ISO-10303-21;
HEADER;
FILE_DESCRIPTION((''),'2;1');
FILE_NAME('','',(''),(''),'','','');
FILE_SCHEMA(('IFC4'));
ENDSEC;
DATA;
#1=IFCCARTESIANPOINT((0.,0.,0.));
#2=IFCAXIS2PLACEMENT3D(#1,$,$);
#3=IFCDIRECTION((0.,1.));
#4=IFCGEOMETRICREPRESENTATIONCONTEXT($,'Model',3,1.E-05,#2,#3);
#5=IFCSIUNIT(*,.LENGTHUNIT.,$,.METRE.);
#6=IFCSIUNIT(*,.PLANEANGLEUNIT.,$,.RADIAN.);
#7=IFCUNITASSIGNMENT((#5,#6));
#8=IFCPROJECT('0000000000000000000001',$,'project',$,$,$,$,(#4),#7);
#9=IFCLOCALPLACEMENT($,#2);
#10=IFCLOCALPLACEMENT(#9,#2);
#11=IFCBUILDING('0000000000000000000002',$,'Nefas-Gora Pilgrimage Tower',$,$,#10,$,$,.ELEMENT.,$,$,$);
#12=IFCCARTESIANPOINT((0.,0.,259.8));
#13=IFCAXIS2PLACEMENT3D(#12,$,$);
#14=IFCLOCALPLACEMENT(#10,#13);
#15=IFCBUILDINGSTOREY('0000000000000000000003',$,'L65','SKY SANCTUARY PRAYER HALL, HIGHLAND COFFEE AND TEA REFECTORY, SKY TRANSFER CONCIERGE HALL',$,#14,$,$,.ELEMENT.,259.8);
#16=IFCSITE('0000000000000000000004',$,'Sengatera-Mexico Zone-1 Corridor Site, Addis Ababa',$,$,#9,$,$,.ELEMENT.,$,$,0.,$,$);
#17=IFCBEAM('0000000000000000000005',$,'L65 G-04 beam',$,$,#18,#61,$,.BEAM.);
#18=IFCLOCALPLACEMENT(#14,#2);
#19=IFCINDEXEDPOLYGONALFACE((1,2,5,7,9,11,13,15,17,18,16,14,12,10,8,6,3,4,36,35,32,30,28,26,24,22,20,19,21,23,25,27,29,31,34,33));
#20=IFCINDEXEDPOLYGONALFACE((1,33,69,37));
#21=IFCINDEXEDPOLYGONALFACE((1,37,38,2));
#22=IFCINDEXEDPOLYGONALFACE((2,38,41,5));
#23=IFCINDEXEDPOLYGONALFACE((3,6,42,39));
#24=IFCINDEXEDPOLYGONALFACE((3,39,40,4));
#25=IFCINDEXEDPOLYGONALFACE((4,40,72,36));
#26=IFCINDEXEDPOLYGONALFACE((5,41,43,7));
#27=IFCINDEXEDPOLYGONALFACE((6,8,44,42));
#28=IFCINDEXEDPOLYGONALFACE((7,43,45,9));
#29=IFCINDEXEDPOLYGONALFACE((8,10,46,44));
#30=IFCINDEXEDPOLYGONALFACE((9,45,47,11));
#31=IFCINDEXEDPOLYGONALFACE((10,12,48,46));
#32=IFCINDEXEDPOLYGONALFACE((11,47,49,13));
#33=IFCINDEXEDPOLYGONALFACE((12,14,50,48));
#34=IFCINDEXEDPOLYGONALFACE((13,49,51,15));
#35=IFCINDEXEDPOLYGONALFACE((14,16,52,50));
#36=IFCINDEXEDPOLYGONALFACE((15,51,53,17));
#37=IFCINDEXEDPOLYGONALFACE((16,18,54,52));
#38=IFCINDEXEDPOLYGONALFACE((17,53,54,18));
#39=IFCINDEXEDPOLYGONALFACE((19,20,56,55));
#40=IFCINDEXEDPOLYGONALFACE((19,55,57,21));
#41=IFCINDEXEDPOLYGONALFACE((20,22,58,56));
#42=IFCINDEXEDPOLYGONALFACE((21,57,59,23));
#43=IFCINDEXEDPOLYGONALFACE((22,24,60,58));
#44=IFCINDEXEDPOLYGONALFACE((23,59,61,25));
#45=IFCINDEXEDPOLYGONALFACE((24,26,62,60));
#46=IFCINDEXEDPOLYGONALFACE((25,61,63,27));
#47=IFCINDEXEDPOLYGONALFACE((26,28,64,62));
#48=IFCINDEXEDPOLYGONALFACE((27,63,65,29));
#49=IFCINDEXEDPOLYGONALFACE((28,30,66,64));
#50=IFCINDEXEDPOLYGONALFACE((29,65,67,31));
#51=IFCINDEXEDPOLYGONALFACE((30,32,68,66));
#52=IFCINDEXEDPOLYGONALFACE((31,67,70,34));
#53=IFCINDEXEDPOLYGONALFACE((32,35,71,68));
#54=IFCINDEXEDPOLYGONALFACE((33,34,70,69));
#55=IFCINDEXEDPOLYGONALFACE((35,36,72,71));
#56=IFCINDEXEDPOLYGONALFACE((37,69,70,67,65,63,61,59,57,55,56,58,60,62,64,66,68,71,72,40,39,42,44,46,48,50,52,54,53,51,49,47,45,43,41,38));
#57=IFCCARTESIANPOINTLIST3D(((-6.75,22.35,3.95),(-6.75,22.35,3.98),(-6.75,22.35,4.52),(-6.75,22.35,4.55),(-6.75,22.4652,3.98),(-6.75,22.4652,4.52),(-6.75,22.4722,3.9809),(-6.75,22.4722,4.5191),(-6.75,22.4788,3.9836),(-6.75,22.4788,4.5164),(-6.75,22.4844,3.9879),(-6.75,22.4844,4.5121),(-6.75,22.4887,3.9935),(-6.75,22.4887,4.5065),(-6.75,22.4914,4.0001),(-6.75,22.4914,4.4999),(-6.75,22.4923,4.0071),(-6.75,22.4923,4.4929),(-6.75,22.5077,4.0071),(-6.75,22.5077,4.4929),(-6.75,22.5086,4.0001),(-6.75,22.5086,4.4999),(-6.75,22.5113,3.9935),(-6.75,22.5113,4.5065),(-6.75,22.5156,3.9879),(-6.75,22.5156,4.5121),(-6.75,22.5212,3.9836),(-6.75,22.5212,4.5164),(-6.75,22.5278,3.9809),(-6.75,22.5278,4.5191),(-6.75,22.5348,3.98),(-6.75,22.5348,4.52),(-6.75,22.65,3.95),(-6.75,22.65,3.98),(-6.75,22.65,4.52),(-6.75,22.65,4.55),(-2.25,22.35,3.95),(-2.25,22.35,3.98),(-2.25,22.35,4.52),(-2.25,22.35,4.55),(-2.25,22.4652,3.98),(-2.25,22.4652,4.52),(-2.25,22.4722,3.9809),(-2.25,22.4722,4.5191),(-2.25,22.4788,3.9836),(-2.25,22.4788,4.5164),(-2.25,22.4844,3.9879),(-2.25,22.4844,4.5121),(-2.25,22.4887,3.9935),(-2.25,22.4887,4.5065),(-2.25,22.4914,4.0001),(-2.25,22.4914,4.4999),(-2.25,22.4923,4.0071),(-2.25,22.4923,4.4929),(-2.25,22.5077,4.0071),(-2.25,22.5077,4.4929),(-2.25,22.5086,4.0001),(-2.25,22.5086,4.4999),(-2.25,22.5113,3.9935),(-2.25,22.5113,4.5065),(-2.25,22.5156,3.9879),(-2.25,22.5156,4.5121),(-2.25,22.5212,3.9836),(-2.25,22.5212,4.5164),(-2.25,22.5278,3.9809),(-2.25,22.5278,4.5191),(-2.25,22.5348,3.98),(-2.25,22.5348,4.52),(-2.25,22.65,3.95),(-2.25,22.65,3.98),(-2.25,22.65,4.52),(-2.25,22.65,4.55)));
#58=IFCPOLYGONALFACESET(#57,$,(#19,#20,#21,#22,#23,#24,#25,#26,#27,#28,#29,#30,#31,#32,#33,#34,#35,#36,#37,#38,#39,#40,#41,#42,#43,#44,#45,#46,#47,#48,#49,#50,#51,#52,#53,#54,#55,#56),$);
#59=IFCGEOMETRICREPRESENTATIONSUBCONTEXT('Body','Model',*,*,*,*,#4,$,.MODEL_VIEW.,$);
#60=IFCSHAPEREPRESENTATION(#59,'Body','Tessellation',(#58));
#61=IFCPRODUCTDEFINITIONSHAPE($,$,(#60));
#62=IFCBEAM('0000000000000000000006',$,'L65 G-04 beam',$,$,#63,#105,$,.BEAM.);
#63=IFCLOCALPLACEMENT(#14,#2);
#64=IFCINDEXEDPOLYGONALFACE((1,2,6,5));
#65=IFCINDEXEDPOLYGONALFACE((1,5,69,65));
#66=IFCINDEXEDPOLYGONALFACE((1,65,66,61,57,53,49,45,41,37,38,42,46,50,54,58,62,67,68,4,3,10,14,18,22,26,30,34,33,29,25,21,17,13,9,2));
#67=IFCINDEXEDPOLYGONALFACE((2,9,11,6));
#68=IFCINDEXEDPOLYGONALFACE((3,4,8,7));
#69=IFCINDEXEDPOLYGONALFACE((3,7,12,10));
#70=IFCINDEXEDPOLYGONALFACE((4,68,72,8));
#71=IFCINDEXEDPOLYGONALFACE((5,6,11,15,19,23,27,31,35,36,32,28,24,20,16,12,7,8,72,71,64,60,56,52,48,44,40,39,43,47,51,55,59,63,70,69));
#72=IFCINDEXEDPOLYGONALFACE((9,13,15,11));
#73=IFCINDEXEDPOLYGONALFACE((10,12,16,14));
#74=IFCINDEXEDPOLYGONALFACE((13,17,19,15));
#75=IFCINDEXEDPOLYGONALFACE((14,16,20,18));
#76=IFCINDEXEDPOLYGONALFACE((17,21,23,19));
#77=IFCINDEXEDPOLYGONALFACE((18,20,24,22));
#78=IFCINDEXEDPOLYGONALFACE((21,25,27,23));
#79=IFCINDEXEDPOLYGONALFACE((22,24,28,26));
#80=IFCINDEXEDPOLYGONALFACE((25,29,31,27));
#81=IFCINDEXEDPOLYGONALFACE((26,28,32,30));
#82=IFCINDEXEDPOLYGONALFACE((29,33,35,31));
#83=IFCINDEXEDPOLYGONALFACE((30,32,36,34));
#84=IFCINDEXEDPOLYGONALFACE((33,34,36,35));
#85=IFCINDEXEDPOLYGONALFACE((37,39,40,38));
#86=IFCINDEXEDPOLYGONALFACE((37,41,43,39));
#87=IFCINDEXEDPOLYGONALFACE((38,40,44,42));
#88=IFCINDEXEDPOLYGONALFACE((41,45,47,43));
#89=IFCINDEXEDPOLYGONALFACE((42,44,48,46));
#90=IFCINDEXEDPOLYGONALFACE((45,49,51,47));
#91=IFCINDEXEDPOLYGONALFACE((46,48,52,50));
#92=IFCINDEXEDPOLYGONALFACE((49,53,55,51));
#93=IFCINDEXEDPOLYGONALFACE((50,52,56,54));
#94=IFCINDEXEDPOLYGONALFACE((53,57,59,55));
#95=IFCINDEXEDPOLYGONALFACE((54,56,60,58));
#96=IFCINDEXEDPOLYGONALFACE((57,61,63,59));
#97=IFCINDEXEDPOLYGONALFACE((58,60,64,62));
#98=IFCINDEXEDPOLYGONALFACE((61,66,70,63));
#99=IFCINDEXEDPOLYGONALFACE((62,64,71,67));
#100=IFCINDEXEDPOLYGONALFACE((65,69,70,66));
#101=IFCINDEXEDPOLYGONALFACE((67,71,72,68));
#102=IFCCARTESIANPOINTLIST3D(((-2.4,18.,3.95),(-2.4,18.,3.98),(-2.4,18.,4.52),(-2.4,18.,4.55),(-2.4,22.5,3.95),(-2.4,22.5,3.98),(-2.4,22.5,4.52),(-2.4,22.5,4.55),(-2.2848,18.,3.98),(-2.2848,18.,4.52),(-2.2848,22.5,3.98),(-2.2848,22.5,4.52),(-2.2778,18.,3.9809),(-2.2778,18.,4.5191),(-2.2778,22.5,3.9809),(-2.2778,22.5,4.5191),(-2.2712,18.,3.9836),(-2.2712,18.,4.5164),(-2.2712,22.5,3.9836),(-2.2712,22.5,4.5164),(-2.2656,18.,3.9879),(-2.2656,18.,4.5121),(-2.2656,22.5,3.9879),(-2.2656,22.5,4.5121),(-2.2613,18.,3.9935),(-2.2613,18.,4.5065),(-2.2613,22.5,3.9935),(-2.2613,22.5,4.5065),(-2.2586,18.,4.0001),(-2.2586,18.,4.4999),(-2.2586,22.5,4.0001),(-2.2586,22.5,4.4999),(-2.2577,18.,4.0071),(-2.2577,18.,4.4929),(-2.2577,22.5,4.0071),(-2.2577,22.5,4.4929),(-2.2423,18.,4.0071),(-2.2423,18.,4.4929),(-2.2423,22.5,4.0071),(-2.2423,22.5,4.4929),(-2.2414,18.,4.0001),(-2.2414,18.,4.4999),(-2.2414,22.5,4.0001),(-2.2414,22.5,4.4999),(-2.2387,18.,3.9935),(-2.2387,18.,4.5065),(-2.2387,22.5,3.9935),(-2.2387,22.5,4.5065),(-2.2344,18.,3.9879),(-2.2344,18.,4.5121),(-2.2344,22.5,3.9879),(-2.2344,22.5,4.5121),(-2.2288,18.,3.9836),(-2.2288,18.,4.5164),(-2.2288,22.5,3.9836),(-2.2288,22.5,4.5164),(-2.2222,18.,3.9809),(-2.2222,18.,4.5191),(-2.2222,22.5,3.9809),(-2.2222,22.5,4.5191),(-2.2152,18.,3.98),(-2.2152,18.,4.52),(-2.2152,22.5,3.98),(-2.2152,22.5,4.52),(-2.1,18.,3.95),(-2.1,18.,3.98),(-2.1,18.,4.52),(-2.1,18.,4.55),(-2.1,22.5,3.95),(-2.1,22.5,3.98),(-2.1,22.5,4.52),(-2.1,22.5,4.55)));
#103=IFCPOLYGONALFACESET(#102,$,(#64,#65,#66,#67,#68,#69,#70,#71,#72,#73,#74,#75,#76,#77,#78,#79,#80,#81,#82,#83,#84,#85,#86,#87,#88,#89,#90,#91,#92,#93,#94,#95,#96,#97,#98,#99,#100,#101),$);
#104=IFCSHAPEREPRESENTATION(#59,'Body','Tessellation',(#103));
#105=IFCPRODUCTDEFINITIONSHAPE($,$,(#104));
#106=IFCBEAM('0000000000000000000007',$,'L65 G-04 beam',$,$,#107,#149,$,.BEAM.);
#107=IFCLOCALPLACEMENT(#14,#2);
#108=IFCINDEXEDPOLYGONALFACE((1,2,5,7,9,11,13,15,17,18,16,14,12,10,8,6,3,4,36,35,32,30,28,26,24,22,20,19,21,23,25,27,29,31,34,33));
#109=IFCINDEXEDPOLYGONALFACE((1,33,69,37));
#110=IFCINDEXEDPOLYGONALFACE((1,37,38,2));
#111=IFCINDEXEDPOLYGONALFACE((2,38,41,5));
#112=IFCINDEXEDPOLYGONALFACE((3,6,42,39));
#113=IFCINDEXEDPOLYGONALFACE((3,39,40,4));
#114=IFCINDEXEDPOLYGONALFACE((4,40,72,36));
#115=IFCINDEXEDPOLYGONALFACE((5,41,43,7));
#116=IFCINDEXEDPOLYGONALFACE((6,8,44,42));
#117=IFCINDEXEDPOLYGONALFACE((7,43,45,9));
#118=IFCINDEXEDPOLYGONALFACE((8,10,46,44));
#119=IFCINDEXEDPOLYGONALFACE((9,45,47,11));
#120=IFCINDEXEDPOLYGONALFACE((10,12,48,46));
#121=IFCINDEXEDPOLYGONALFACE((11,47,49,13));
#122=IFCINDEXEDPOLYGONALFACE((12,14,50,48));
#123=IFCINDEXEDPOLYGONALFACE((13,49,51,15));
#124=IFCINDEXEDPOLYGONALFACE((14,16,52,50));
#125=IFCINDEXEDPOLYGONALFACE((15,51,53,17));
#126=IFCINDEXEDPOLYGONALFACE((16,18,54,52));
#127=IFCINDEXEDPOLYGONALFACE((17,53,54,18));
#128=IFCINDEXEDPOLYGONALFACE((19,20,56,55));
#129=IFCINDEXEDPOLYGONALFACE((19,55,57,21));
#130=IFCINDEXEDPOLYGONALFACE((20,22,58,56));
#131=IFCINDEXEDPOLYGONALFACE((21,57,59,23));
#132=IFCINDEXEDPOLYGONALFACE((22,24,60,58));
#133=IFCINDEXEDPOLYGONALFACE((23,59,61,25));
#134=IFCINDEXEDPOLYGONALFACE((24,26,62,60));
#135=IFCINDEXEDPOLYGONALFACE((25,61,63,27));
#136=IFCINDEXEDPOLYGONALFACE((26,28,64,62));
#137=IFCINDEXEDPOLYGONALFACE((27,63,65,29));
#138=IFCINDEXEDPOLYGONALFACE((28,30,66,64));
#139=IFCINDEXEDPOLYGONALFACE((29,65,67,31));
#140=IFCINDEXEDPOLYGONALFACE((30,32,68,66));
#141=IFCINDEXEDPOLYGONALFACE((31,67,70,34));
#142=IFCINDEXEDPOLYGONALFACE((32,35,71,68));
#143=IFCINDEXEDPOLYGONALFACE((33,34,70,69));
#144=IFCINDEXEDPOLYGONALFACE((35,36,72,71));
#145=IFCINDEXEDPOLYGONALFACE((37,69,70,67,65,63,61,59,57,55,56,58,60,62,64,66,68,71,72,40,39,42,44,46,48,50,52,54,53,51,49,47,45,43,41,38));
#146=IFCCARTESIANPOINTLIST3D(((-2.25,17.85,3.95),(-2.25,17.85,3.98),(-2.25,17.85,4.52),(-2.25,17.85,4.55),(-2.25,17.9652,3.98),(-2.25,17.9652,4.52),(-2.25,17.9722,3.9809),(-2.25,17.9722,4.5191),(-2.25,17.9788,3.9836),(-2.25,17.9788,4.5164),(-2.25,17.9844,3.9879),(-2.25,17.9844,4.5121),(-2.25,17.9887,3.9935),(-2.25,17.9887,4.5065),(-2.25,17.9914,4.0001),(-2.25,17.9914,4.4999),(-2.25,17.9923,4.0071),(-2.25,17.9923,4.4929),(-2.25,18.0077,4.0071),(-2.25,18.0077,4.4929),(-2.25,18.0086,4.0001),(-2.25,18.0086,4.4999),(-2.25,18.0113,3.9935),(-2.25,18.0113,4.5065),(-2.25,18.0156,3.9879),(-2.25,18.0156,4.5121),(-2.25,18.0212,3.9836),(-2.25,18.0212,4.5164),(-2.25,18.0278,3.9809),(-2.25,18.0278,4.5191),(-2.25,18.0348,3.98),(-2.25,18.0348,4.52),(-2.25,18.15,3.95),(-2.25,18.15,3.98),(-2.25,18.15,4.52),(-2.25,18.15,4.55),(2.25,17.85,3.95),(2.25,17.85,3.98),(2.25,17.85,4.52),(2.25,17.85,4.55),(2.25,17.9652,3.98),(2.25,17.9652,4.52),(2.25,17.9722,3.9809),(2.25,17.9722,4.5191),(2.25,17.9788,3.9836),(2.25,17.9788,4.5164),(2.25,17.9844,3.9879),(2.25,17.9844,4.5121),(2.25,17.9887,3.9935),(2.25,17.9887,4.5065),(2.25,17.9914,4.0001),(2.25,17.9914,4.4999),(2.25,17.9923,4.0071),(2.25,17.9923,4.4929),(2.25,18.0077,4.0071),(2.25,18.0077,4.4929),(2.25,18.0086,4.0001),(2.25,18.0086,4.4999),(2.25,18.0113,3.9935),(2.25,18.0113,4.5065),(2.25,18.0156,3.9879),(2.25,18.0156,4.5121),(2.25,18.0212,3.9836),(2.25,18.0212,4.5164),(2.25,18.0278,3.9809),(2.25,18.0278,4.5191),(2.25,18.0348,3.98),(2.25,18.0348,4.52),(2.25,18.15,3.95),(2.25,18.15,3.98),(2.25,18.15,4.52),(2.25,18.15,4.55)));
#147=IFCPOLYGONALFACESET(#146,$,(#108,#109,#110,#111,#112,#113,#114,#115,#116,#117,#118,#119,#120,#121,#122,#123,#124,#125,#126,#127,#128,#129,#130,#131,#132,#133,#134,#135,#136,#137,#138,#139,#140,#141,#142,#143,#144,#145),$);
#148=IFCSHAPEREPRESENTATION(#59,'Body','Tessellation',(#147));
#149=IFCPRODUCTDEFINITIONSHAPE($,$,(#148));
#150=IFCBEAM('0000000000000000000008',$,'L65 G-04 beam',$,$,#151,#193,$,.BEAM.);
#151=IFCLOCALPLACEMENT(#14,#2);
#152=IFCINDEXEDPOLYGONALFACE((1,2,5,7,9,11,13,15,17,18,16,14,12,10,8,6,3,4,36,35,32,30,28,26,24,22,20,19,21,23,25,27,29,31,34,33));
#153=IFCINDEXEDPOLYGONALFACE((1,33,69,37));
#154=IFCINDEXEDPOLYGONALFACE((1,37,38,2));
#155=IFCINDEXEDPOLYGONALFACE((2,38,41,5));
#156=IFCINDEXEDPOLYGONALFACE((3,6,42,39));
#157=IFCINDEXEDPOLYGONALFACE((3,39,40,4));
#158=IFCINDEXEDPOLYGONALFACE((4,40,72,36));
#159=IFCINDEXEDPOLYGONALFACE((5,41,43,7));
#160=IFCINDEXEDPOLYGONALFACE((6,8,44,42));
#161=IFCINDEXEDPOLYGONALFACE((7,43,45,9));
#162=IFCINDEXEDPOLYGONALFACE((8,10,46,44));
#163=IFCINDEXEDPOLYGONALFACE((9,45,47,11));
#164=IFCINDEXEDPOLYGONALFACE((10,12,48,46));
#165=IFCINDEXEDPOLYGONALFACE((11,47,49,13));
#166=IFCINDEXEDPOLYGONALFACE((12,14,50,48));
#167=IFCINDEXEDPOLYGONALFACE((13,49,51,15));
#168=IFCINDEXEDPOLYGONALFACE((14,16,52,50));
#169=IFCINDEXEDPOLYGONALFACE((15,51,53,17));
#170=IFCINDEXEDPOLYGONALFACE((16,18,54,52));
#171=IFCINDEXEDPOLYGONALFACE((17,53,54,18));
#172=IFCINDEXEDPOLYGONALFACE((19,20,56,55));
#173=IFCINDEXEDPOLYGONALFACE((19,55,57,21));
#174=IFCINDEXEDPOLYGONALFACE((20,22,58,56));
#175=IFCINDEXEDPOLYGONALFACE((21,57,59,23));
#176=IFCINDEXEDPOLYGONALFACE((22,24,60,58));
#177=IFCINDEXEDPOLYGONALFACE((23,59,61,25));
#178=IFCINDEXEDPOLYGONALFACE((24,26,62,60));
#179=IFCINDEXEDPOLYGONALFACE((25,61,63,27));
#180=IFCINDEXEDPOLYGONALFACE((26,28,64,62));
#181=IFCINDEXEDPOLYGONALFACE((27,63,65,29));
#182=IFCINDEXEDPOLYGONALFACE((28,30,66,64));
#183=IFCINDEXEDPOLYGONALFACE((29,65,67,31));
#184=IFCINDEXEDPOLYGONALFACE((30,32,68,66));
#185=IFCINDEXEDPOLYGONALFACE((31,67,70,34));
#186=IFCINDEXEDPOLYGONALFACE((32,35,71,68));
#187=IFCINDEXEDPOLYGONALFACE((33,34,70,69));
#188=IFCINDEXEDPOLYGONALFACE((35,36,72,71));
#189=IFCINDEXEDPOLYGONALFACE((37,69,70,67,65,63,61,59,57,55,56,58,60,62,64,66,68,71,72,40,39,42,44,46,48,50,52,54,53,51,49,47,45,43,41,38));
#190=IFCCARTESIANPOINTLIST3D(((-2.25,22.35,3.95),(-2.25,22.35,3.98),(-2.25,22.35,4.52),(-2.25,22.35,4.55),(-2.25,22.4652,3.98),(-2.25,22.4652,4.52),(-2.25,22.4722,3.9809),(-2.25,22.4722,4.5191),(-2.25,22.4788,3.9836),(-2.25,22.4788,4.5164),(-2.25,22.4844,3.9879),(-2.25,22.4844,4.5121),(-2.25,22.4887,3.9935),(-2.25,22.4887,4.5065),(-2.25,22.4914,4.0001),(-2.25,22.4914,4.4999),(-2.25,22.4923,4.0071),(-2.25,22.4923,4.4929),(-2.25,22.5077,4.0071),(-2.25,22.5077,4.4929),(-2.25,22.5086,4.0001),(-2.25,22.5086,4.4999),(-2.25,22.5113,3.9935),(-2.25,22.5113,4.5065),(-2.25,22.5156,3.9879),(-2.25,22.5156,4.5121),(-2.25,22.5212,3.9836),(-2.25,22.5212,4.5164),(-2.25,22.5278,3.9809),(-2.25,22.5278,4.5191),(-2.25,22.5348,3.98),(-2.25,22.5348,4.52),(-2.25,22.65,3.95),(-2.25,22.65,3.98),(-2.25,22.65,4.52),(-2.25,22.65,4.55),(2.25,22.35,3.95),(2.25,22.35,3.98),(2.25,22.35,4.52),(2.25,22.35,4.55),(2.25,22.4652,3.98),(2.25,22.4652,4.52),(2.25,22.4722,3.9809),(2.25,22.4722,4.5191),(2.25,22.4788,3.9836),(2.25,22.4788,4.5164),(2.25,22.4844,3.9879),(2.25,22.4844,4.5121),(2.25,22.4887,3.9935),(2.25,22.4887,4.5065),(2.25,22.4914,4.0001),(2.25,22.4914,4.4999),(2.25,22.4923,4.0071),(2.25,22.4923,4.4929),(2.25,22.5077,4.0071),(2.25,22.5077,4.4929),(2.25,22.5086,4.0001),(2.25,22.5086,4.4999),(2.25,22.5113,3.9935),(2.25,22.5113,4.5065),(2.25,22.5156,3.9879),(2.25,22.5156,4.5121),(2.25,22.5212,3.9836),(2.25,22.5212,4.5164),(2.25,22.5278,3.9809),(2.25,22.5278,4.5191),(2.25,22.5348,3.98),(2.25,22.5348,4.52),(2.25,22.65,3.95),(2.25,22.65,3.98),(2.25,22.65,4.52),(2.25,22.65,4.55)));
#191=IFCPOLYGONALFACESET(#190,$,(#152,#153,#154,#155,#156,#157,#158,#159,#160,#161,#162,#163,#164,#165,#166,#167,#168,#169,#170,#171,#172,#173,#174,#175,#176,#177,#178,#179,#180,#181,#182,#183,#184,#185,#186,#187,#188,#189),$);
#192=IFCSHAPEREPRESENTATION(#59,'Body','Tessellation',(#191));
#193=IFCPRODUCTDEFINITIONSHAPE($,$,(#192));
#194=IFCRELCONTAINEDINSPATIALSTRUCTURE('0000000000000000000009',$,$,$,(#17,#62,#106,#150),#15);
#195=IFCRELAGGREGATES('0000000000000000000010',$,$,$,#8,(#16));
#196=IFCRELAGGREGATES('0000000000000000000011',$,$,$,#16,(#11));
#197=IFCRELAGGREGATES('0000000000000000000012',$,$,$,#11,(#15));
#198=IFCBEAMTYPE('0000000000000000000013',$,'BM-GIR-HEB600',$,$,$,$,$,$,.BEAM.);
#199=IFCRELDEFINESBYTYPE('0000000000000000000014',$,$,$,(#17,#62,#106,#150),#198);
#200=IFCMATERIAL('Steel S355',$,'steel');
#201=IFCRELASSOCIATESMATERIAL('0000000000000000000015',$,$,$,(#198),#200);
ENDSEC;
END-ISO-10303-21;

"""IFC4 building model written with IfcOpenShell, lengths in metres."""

from ifc_helpers import new_model, si_unit, direction, frame, origin, origin_2d, place, context, subcontext, project, spatial, i_section, extrude, source, transform, mapped, material, material_profile, profile_set, type_object, element, save


model = new_model("IFC4")

# Units and contexts
model_context = context("Model", 3, precision=1e-05, world=origin(), true_north=direction((0.0, 1.0)))
body_context = subcontext(model_context, "Body", "Model", "MODEL_VIEW")
ifc_project = project(units=[si_unit("LENGTHUNIT", "METRE"), si_unit("PLANEANGLEUNIT", "RADIAN")], contexts=[model_context])

# Site, building, storey
site_placement = place(None, origin())
site = spatial("IfcSite", under=ifc_project, at=site_placement, Name="Sengatera-Mexico Zone-1 Corridor Site, Addis Ababa", CompositionType="ELEMENT", RefElevation=0.0)
building_placement = place(site_placement, origin())
building = spatial("IfcBuilding", under=site, at=building_placement, Name="Nefas-Gora Pilgrimage Tower", CompositionType="ELEMENT")
storey_placement = place(building_placement, frame((0.0, 0.0, 259.8)))
storey = spatial("IfcBuildingStorey", under=building, at=storey_placement, Name="L65", Description="SKY SANCTUARY PRAYER HALL, HIGHLAND COFFEE AND TEA REFECTORY, SKY TRANSFER CONCIERGE HALL", CompositionType="ELEMENT", Elevation=259.8)

# Beams
ifc_material_1 = material(Name="Steel S355", Category="steel")
ifc_material_profile_1 = material_profile(ifc_material_1, i_section(OverallWidth=0.3, OverallDepth=0.6001, WebThickness=0.0154, FlangeThickness=0.03, FilletRadius=0.0271, at=origin_2d()), Name="HEB 600")
ifc_profile_set_1 = profile_set([ifc_material_profile_1], Name="Steel S355")
beam_type = type_object("IfcBeamType", Name="BM-GIR-HEB600", PredefinedType="BEAM", material=ifc_profile_set_1)
shared_shape_1 = source(origin(), body_context, "Body", "SweptSolid", [
    extrude(i_section(OverallWidth=0.3, OverallDepth=0.6001, WebThickness=0.0154, FlangeThickness=0.03, FilletRadius=0.0271, at=origin_2d()), origin(), (0.0, 0.0, 1.0), 4.5),
])
for number, where, z_axis, x_axis, name in (
    (1, (-6.75, 22.5, 4.25), (1.0, 0.0, 0.0), (0.0, 1.0, 0.0), "L65 G-04 beam"),
    (2, (-2.25, 18.0, 4.25), (0.0, 1.0, 0.0), (-1.0, 0.0, 0.0), "L65 G-04 beam"),
    (3, (-2.25, 18.0, 4.25), (1.0, 0.0, 0.0), (0.0, 1.0, 0.0), "L65 G-04 beam"),
    (4, (-2.25, 22.5, 4.25), (1.0, 0.0, 0.0), (0.0, 1.0, 0.0), "L65 G-04 beam"),
):
    element("IfcBeam", number, at=place(storey_placement, frame(where, z_axis=z_axis, x_axis=x_axis)), inside=storey, type_object=beam_type, Name=name, PredefinedType="BEAM", context=body_context, shape_type="MappedRepresentation", body=[
        mapped(shared_shape_1, transform((0.0, 0.0, 0.0), x_axis=(1.0, 0.0, 0.0), y_axis=(0.0, 1.0, 0.0), z_axis=(0.0, 0.0, 1.0), scale=1.0)),
    ])

save(model, "model.ifc")
